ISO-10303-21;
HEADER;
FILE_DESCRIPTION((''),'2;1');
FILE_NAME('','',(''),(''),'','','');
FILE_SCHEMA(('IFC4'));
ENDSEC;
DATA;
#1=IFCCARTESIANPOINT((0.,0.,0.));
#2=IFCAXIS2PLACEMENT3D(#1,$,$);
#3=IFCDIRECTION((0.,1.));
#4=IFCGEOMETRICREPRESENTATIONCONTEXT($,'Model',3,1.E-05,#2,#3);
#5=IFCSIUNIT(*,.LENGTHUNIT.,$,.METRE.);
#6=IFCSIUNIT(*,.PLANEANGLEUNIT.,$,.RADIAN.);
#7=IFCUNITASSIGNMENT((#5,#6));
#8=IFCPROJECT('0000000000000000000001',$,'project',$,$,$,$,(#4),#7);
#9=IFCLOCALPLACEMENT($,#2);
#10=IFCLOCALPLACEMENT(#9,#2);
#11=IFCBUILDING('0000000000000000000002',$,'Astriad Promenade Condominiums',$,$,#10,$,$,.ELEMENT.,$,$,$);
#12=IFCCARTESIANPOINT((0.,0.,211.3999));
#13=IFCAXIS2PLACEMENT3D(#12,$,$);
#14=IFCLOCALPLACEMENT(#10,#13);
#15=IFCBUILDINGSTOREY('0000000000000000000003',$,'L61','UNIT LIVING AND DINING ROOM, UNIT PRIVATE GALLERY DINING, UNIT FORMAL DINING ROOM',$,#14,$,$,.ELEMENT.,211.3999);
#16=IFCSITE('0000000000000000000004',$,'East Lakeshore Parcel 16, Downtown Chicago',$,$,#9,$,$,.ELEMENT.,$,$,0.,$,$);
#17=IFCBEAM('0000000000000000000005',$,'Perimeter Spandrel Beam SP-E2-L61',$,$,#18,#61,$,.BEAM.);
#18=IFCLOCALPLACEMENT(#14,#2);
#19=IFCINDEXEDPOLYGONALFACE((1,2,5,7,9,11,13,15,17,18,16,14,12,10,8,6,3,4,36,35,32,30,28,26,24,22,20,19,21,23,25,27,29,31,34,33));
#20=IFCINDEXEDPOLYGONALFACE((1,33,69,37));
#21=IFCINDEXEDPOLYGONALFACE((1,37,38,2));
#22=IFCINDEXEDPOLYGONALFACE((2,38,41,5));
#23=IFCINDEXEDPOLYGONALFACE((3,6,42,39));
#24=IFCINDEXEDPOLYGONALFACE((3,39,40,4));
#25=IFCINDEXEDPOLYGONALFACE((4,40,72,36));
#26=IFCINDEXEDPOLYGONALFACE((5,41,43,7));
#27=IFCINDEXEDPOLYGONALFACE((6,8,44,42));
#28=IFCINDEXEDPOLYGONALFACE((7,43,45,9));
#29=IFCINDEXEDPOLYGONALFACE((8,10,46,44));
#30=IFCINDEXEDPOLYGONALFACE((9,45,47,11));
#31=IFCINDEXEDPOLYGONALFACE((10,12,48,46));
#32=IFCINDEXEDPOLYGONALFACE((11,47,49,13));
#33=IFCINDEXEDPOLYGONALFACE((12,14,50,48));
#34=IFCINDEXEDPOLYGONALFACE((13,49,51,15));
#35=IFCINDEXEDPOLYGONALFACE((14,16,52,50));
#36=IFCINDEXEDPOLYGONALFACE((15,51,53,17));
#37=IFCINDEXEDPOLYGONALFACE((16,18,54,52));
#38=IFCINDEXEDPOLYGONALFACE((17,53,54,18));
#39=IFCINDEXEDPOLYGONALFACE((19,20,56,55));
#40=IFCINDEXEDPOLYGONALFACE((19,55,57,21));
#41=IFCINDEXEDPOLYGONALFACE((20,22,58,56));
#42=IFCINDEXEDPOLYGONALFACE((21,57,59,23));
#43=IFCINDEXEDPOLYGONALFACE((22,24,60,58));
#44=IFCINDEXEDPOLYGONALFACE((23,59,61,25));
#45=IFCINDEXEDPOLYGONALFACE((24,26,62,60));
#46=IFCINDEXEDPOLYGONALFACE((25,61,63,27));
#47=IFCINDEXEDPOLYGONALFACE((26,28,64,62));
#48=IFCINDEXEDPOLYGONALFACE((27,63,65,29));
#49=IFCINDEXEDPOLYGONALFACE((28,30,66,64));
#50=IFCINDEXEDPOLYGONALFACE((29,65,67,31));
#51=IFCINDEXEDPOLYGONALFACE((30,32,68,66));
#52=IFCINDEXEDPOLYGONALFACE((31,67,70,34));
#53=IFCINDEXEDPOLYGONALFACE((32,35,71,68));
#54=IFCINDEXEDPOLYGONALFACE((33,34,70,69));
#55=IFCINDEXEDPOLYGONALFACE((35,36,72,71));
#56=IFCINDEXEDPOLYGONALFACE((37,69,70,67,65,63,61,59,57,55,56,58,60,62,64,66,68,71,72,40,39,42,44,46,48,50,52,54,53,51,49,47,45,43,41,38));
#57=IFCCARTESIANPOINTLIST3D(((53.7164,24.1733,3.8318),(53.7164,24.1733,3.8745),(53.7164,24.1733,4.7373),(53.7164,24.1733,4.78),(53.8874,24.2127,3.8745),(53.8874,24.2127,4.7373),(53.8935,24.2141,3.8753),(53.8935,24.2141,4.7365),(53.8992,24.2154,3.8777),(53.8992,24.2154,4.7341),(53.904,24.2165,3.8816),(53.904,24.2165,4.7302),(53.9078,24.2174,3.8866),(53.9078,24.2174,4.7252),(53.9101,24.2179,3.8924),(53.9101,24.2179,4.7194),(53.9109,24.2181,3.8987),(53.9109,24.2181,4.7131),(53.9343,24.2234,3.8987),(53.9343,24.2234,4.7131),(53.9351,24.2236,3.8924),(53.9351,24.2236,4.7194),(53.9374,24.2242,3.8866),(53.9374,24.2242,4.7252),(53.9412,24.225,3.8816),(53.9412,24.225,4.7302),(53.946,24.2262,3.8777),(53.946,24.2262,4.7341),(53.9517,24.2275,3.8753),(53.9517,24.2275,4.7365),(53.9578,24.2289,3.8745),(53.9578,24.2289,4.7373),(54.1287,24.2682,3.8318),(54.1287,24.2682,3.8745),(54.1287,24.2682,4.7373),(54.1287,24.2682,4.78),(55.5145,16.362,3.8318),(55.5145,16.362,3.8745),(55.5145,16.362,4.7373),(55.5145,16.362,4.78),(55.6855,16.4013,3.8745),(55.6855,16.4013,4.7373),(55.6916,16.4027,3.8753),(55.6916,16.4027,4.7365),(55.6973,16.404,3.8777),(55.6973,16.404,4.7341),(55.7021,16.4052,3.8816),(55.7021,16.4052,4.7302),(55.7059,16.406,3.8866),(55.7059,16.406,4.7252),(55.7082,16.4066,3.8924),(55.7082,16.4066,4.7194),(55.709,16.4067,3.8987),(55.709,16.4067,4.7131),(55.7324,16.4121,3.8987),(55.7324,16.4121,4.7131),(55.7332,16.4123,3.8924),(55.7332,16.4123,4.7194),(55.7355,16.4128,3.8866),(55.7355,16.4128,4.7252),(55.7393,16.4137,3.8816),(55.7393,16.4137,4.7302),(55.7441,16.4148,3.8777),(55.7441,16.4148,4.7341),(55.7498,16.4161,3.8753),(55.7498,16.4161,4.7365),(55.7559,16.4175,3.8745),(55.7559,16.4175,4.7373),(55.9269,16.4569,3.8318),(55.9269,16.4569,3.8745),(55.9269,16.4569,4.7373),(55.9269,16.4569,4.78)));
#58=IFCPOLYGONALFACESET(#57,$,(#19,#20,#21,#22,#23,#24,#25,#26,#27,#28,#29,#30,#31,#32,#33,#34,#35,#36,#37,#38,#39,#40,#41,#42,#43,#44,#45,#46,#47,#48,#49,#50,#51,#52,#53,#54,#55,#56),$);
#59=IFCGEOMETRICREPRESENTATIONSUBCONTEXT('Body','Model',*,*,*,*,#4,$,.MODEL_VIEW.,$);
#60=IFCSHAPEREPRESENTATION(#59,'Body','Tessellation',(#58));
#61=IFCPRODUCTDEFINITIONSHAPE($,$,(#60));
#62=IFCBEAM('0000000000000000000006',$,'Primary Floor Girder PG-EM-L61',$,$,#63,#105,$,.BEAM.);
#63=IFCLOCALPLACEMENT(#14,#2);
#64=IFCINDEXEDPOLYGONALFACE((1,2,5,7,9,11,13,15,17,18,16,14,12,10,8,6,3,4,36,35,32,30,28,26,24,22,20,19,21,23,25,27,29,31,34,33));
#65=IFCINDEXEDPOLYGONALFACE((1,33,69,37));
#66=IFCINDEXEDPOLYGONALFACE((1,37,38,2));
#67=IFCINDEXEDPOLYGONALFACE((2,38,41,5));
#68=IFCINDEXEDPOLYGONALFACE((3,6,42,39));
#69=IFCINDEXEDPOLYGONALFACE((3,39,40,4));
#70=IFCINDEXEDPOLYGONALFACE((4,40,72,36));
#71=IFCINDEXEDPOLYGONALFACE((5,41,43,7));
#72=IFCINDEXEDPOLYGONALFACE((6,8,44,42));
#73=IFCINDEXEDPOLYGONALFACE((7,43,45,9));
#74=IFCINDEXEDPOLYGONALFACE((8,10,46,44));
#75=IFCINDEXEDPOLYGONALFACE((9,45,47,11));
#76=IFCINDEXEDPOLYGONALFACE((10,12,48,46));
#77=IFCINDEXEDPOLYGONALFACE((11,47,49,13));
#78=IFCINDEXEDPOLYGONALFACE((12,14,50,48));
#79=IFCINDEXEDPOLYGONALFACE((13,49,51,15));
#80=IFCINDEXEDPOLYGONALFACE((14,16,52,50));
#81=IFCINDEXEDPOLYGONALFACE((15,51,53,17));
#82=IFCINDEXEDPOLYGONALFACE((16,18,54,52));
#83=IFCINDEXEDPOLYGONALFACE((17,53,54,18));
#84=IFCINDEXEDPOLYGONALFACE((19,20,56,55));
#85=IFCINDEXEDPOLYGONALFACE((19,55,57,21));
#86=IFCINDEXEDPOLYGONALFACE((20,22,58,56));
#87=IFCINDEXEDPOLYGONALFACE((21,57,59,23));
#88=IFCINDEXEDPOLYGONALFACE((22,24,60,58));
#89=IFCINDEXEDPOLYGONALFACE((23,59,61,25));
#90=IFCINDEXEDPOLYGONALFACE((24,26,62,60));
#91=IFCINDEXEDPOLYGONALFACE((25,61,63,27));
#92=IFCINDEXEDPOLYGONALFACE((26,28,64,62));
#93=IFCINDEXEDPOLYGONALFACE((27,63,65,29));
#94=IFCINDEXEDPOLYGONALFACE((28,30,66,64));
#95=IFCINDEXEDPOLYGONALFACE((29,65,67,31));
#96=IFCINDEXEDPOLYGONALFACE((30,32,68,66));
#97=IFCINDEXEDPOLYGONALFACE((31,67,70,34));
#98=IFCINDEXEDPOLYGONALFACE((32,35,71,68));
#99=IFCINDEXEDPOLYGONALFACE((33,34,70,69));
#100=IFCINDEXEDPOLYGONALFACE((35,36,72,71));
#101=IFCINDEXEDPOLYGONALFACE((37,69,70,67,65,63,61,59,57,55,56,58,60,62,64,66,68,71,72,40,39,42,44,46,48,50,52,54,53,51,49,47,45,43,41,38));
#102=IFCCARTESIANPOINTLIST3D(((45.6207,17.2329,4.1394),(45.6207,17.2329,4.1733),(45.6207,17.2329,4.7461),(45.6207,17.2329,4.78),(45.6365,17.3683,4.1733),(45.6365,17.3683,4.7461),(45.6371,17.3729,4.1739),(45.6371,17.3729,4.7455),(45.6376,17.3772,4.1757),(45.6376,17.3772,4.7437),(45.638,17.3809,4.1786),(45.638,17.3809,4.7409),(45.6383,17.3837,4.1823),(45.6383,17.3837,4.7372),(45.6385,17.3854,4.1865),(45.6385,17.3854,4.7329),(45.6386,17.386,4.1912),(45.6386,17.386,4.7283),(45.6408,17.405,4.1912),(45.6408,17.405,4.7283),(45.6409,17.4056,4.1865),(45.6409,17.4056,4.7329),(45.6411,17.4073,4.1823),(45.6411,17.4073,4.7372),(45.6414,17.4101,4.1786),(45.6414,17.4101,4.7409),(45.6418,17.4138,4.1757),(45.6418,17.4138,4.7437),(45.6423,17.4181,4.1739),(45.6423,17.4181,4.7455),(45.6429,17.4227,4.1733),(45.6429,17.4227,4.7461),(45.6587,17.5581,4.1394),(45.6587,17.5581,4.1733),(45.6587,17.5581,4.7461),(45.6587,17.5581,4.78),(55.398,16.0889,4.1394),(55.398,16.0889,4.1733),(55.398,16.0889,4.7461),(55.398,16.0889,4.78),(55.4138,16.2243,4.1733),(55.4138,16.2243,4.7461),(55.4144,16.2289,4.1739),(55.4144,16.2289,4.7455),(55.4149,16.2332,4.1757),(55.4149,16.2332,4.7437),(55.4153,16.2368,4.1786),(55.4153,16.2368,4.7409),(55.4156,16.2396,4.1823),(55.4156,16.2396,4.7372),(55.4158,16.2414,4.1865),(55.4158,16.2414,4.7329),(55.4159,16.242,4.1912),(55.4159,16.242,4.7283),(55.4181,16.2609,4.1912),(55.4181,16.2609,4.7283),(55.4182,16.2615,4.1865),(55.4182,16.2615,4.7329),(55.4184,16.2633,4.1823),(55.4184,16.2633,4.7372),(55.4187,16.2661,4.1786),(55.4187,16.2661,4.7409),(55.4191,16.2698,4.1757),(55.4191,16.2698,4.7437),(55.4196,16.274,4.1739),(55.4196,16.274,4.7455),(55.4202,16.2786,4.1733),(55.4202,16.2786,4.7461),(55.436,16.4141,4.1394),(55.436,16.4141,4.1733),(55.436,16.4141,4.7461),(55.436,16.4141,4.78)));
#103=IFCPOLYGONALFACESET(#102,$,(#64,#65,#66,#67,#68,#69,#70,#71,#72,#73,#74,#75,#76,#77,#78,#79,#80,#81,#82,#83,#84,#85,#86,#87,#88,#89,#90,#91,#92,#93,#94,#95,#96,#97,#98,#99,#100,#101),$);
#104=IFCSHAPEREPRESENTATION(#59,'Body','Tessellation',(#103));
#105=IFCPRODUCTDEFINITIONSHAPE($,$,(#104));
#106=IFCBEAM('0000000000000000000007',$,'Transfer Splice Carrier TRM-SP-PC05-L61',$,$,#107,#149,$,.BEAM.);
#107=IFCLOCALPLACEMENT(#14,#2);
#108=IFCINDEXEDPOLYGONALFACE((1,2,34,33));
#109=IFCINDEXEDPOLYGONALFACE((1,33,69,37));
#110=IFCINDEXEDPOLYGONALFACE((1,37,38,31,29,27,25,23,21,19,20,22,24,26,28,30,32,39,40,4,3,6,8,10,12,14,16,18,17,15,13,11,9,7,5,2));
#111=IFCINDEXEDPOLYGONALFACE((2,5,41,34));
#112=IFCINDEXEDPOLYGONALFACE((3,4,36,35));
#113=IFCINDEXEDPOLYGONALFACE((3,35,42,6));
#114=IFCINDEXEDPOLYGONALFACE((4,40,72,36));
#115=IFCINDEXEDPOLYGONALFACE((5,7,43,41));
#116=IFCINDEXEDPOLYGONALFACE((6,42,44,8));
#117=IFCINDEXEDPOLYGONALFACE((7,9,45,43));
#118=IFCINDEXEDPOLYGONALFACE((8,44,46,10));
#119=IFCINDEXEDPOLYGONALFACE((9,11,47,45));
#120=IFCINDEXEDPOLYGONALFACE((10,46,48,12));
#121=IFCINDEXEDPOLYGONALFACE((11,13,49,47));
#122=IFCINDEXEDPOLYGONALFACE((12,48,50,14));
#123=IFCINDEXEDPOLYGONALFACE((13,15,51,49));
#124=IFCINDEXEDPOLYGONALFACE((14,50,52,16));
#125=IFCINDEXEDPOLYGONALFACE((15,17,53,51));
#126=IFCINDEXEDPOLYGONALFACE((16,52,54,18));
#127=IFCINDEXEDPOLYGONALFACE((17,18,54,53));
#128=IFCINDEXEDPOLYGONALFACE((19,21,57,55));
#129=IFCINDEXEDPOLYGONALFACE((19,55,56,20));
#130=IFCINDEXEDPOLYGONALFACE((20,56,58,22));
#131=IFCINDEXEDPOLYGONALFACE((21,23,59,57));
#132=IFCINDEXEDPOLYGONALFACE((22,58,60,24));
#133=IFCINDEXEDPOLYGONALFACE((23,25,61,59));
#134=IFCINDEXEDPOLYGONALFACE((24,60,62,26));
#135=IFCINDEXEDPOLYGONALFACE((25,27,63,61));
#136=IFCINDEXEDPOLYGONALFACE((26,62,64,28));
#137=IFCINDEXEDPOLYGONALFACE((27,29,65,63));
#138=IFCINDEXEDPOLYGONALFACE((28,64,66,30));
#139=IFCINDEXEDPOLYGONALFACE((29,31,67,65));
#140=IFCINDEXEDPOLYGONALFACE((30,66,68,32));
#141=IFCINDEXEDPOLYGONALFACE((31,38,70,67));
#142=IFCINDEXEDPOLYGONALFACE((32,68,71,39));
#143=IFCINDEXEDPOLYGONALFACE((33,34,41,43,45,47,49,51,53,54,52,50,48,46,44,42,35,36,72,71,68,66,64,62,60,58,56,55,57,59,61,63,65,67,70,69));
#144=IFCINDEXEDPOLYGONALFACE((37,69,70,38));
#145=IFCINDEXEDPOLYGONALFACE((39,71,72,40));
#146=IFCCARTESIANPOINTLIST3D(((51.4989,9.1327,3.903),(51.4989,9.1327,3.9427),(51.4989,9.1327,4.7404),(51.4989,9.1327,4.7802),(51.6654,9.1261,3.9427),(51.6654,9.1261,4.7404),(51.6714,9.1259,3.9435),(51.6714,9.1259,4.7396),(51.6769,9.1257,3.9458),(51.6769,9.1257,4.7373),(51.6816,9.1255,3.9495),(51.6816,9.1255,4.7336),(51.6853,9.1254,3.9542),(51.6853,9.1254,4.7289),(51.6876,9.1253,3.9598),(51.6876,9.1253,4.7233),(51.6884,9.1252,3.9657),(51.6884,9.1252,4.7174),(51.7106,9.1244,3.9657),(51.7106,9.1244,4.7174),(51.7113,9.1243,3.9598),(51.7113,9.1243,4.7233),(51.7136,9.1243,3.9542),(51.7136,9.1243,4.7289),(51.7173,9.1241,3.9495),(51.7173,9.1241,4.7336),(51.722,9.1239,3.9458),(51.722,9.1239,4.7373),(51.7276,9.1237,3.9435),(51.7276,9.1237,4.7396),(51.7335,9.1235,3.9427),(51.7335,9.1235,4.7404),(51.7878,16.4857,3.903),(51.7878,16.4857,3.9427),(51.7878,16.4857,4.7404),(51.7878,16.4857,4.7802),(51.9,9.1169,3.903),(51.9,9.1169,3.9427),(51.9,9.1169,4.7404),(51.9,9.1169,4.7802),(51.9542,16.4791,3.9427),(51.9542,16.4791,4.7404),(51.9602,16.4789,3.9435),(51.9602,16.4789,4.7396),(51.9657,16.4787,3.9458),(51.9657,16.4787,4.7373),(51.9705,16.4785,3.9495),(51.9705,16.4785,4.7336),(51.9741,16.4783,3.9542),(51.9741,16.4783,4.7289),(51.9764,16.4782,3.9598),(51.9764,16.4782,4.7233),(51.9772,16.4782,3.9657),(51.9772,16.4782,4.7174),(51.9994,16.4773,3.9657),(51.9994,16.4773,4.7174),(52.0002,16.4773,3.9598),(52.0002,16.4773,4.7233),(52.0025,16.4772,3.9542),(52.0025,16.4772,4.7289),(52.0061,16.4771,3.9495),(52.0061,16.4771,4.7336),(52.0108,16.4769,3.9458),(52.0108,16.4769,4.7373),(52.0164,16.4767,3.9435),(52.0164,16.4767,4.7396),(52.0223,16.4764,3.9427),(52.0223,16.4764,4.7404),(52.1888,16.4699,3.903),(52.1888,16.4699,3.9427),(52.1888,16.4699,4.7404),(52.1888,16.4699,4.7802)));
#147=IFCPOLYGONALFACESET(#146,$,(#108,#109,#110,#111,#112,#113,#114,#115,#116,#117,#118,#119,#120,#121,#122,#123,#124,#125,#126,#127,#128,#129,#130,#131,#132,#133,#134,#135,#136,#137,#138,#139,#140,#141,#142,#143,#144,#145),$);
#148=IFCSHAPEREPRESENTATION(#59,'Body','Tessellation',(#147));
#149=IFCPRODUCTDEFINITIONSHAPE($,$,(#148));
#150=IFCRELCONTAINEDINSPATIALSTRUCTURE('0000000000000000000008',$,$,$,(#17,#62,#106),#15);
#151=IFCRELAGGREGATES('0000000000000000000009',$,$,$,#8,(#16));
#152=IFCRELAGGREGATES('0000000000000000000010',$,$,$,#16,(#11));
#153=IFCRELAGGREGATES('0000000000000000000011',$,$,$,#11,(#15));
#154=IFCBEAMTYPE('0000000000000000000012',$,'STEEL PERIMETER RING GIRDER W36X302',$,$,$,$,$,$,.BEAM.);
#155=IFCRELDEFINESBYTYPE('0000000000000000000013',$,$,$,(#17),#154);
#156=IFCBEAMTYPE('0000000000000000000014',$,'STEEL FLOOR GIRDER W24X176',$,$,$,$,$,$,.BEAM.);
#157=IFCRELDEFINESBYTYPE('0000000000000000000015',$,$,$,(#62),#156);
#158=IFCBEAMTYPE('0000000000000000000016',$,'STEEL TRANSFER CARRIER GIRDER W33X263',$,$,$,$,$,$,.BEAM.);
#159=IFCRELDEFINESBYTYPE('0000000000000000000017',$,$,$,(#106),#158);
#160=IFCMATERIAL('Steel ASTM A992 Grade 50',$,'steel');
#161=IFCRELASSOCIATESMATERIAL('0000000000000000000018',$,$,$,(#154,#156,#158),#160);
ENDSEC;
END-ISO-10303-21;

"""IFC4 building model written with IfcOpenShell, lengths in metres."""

from ifc_helpers import new_model, si_unit, direction, frame, origin, origin_2d, place, context, subcontext, project, spatial, i_section, extrude, source, transform, mapped, material, material_profile, profile_set, type_object, type_shapes, element, save


model = new_model("IFC4")

# Units and contexts
model_context = context("Model", 3, precision=1e-05, world=origin(), true_north=direction((0.0, 1.0)))
body_context = subcontext(model_context, "Body", "Model", "MODEL_VIEW")
ifc_project = project(units=[si_unit("LENGTHUNIT", "METRE"), si_unit("PLANEANGLEUNIT", "RADIAN")], contexts=[model_context])

# Site, building, storey
site_placement = place(None, origin())
site = spatial("IfcSite", under=ifc_project, at=site_placement, Name="East Lakeshore Parcel 16, Downtown Chicago", CompositionType="ELEMENT", RefElevation=0.0)
building_placement = place(site_placement, origin())
building = spatial("IfcBuilding", under=site, at=building_placement, Name="Astriad Promenade Condominiums", CompositionType="ELEMENT")
storey_placement = place(building_placement, frame((0.0, 0.0, 211.3999)))
storey = spatial("IfcBuildingStorey", under=building, at=storey_placement, Name="L61", Description="UNIT LIVING AND DINING ROOM, UNIT PRIVATE GALLERY DINING, UNIT FORMAL DINING ROOM", CompositionType="ELEMENT", Elevation=211.3999)

# Shared definitions
ifc_material_1 = material(Name="Steel ASTM A992 Grade 50", Category="steel")

# Beams
ifc_material_profile_1 = material_profile(ifc_material_1, i_section(OverallWidth=0.4231, OverallDepth=0.9482, WebThickness=0.0239, FlangeThickness=0.0427, FilletRadius=0.0242, at=origin_2d()), Name="W36X302")
ifc_profile_set_1 = profile_set([ifc_material_profile_1], Name="Steel ASTM A992 Grade 50")
beam_type_1 = type_object("IfcBeamType", Name="STEEL PERIMETER RING GIRDER W36X302", PredefinedType="BEAM", material=ifc_profile_set_1)
shared_shape_1 = source(origin(), body_context, "Body", "SweptSolid", [
    extrude(i_section(OverallWidth=0.4231, OverallDepth=0.9482, WebThickness=0.0239, FlangeThickness=0.0427, FilletRadius=0.0242, at=origin_2d()), origin(), (0.0, 0.0, 1.0), 8.0156),
])
beam_1_placement = place(storey_placement, frame((55.7207, 16.4094, 4.3059), z_axis=(-0.224326, 0.974514, 0.0), x_axis=(-0.974514, -0.224326, 0.0)))
element("IfcBeam", 1, at=beam_1_placement, inside=storey, type_object=beam_type_1, Name="Perimeter Spandrel Beam SP-E2-L61", PredefinedType="BEAM", context=body_context, shape_type="MappedRepresentation", body=[
    mapped(shared_shape_1, transform((0.0, 0.0, 0.0), scale=1.0)),
])
ifc_material_profile_2 = material_profile(ifc_material_1, i_section(OverallWidth=0.3274, OverallDepth=0.6406, WebThickness=0.019, FlangeThickness=0.0339, FilletRadius=0.0178, at=origin_2d()), Name="W24X176")
ifc_profile_set_2 = profile_set([ifc_material_profile_2], Name="Steel ASTM A992 Grade 50")
beam_type_2 = type_object("IfcBeamType", Name="STEEL FLOOR GIRDER W24X176", PredefinedType="BEAM", material=ifc_profile_set_2)
shared_shape_2 = source(origin(), body_context, "Body", "SweptSolid", [
    extrude(i_section(OverallWidth=0.3274, OverallDepth=0.6406, WebThickness=0.019, FlangeThickness=0.0339, FilletRadius=0.0178, at=origin_2d()), origin(), (0.0, 0.0, 1.0), 9.844),
])
type_shapes(beam_type_2, [shared_shape_2])
beam_2_placement = place(storey_placement, frame((55.417, 16.2515, 4.4597), z_axis=(-0.993224, 0.116217, 0.0), x_axis=(-0.116217, -0.993224, 0.0)))
element("IfcBeam", 2, at=beam_2_placement, inside=storey, type_object=beam_type_2, Name="Primary Floor Girder PG-EM-L61", PredefinedType="BEAM", context=body_context, shape_type="MappedRepresentation", body=[
    mapped(shared_shape_2, transform((0.0, 0.0, 0.0), scale=1.0)),
])
ifc_material_profile_3 = material_profile(ifc_material_1, i_section(OverallWidth=0.4014, OverallDepth=0.8772, WebThickness=0.0222, FlangeThickness=0.0398, FilletRadius=0.0229, at=origin_2d()), Name="W33X263")
ifc_profile_set_3 = profile_set([ifc_material_profile_3], Name="Steel ASTM A992 Grade 50")
beam_type_3 = type_object("IfcBeamType", Name="STEEL TRANSFER CARRIER GIRDER W33X263", PredefinedType="BEAM", material=ifc_profile_set_3)
shared_shape_3 = source(origin(), body_context, "Body", "SweptSolid", [
    extrude(i_section(OverallWidth=0.4014, OverallDepth=0.8772, WebThickness=0.0222, FlangeThickness=0.0398, FilletRadius=0.0229, at=origin_2d()), origin(), (0.0, 0.0, 1.0), 7.3586),
])
beam_3_placement = place(storey_placement, frame((51.9883, 16.4778, 4.3416), z_axis=(-0.039249, -0.999229, 0.0), x_axis=(0.999229, -0.039249, 0.0)))
element("IfcBeam", 3, at=beam_3_placement, inside=storey, type_object=beam_type_3, Name="Transfer Splice Carrier TRM-SP-PC05-L61", PredefinedType="BEAM", context=body_context, shape_type="MappedRepresentation", body=[
    mapped(shared_shape_3, transform((0.0, 0.0, 0.0), scale=1.0)),
])

save(model, "model.ifc")
